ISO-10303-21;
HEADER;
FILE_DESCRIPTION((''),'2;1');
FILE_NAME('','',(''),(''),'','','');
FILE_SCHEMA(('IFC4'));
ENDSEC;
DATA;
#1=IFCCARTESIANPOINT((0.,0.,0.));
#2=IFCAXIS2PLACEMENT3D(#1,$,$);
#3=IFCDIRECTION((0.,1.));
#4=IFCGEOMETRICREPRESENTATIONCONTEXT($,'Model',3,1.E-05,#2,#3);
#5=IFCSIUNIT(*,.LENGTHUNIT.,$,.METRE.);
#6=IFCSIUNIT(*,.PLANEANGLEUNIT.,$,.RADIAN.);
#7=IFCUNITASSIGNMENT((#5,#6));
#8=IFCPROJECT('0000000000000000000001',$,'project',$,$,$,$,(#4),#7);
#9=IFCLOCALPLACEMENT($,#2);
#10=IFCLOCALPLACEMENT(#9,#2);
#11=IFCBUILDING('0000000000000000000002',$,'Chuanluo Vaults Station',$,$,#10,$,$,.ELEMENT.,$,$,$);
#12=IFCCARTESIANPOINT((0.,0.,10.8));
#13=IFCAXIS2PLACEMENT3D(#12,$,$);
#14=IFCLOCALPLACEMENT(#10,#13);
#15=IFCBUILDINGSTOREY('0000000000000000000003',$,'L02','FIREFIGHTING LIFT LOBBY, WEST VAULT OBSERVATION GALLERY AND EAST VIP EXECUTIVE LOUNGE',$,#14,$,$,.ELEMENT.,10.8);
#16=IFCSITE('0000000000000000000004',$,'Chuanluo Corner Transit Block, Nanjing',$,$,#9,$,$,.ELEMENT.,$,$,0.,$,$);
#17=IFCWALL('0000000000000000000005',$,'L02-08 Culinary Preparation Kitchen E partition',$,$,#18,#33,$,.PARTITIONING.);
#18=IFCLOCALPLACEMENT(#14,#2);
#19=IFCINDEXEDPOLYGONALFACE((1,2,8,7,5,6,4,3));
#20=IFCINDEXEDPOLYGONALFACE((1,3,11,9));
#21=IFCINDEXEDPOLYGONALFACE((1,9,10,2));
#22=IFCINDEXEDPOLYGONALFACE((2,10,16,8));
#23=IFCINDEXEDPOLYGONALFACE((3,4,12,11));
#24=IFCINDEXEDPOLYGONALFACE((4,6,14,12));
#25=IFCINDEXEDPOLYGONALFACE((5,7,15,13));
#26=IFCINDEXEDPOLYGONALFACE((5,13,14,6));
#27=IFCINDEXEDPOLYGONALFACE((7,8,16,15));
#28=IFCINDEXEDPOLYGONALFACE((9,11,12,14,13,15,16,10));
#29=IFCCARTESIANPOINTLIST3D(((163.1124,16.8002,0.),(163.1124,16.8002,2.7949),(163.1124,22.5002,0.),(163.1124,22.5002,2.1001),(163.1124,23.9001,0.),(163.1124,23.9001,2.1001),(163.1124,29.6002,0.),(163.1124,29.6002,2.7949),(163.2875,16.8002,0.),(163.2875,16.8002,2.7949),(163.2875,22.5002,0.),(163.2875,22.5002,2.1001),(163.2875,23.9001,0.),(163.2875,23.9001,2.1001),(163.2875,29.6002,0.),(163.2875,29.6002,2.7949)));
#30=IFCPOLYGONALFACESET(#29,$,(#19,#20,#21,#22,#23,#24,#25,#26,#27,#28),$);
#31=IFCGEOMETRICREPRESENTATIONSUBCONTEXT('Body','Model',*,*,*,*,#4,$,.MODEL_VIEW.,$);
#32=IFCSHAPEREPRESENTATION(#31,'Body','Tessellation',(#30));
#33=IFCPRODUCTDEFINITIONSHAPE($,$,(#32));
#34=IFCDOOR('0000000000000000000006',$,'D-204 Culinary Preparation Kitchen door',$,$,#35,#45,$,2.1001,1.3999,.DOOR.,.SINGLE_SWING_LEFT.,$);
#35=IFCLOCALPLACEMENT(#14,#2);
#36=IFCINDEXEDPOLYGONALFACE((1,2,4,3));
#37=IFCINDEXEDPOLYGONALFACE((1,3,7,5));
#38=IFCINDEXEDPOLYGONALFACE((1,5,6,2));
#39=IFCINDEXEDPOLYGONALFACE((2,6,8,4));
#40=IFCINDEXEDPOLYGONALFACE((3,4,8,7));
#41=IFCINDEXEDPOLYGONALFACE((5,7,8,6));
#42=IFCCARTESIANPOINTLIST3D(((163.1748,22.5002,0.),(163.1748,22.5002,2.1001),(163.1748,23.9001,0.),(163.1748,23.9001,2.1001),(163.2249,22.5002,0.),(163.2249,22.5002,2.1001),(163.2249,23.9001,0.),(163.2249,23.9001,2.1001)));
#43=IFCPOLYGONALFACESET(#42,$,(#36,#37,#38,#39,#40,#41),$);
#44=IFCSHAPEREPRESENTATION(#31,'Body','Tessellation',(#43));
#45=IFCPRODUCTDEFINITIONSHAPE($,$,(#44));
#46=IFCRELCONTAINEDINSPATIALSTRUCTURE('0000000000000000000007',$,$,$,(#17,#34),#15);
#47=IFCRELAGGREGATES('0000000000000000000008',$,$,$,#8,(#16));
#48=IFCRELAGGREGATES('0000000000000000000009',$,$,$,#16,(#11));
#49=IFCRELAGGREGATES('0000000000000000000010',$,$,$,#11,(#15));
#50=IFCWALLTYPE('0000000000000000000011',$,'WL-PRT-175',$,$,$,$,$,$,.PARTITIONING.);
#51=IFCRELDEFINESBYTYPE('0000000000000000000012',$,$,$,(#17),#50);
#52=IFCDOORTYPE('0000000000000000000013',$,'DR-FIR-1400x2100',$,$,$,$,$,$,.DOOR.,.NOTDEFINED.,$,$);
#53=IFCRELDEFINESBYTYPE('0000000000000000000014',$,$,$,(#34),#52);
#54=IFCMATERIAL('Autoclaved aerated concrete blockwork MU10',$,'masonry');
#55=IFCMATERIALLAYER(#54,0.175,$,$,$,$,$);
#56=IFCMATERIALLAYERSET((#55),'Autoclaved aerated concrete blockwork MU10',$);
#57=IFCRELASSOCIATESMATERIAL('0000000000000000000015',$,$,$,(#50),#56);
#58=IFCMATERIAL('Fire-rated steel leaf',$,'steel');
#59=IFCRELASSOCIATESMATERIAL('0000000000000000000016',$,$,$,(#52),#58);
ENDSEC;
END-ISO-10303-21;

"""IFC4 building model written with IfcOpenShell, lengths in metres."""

from ifc_helpers import new_model, si_unit, direction, frame, frame_2d, origin, place, context, subcontext, project, spatial, rectangle, extrude, material, layer, layer_set, type_object, element, fill, save


model = new_model("IFC4")

# Units and contexts
model_context = context("Model", 3, precision=1e-05, world=origin(), true_north=direction((0.0, 1.0)))
body_context = subcontext(model_context, "Body", "Model", "MODEL_VIEW")
ifc_project = project(units=[si_unit("LENGTHUNIT", "METRE"), si_unit("PLANEANGLEUNIT", "RADIAN")], contexts=[model_context])

# Site, building, storey
site_placement = place(None, origin())
site = spatial("IfcSite", under=ifc_project, at=site_placement, Name="Chuanluo Corner Transit Block, Nanjing", CompositionType="ELEMENT", RefElevation=0.0)
building_placement = place(site_placement, origin())
building = spatial("IfcBuilding", under=site, at=building_placement, Name="Chuanluo Vaults Station", CompositionType="ELEMENT")
storey_placement = place(building_placement, frame((0.0, 0.0, 10.8)))
storey = spatial("IfcBuildingStorey", under=building, at=storey_placement, Name="L02", Description="FIREFIGHTING LIFT LOBBY, WEST VAULT OBSERVATION GALLERY AND EAST VIP EXECUTIVE LOUNGE", CompositionType="ELEMENT", Elevation=10.8)

# Wall, opening, door
ifc_material_1 = material(Name="Autoclaved aerated concrete blockwork MU10", Category="masonry")
ifc_layer_1 = layer(ifc_material_1, 0.175)
ifc_layer_set_1 = layer_set([ifc_layer_1], Name="Autoclaved aerated concrete blockwork MU10")
wall_type_1 = type_object("IfcWallType", Name="WL-PRT-175", PredefinedType="PARTITIONING", material=ifc_layer_set_1)
wall_1_placement = place(storey_placement, frame((163.2, 29.6001, 0.0), z_axis=(0.0, 0.0, 1.0), x_axis=(0.0, -1.0, 0.0)))
wall_1 = element("IfcWall", 1, at=wall_1_placement, inside=storey, type_object=wall_type_1, Name="L02-08 Culinary Preparation Kitchen E partition", PredefinedType="PARTITIONING", context=body_context, shape_type="SweptSolid", body=[
    extrude(rectangle(XDim=12.8, YDim=0.175, at=frame_2d((6.3999, 0.0))), origin(), (0.0, 0.0, 1.0), 2.7949),
])
opening_1_placement = place(wall_1_placement, frame((5.7, 0.0, 0.0)))
opening_1 = element("IfcOpeningElement", 2, at=opening_1_placement, cuts=wall_1, PredefinedType="OPENING", context=body_context, shape_type="SweptSolid", body=[
    extrude(rectangle(XDim=1.3999, YDim=2.1001, at=frame_2d((0.7, 1.05))), frame((0.0, 0.0974, 0.0), z_axis=(0.0, -1.0, 0.0), x_axis=(1.0, 0.0, 0.0)), (0.0, 0.0, 1.0), 0.1951),
])
ifc_material_2 = material(Name="Fire-rated steel leaf", Category="steel")
door_type_1 = type_object("IfcDoorType", Name="DR-FIR-1400x2100", OperationType="NOTDEFINED", PredefinedType="DOOR", material=ifc_material_2)
door_1_placement = place(opening_1_placement, origin())
door_1 = element("IfcDoor", 3, at=door_1_placement, inside=storey, type_object=door_type_1, Name="D-204 Culinary Preparation Kitchen door", OperationType="SINGLE_SWING_LEFT", OverallHeight=2.1001, OverallWidth=1.3999, PredefinedType="DOOR", context=body_context, shape_type="SweptSolid", body=[
    extrude(rectangle(XDim=1.3999, YDim=2.1001, at=frame_2d((0.7, 1.05))), frame((0.0, 0.0249, 0.0), z_axis=(0.0, -1.0, 0.0), x_axis=(1.0, 0.0, 0.0)), (0.0, 0.0, 1.0), 0.05),
])
fill(opening_1, door_1)

save(model, "model.ifc")
